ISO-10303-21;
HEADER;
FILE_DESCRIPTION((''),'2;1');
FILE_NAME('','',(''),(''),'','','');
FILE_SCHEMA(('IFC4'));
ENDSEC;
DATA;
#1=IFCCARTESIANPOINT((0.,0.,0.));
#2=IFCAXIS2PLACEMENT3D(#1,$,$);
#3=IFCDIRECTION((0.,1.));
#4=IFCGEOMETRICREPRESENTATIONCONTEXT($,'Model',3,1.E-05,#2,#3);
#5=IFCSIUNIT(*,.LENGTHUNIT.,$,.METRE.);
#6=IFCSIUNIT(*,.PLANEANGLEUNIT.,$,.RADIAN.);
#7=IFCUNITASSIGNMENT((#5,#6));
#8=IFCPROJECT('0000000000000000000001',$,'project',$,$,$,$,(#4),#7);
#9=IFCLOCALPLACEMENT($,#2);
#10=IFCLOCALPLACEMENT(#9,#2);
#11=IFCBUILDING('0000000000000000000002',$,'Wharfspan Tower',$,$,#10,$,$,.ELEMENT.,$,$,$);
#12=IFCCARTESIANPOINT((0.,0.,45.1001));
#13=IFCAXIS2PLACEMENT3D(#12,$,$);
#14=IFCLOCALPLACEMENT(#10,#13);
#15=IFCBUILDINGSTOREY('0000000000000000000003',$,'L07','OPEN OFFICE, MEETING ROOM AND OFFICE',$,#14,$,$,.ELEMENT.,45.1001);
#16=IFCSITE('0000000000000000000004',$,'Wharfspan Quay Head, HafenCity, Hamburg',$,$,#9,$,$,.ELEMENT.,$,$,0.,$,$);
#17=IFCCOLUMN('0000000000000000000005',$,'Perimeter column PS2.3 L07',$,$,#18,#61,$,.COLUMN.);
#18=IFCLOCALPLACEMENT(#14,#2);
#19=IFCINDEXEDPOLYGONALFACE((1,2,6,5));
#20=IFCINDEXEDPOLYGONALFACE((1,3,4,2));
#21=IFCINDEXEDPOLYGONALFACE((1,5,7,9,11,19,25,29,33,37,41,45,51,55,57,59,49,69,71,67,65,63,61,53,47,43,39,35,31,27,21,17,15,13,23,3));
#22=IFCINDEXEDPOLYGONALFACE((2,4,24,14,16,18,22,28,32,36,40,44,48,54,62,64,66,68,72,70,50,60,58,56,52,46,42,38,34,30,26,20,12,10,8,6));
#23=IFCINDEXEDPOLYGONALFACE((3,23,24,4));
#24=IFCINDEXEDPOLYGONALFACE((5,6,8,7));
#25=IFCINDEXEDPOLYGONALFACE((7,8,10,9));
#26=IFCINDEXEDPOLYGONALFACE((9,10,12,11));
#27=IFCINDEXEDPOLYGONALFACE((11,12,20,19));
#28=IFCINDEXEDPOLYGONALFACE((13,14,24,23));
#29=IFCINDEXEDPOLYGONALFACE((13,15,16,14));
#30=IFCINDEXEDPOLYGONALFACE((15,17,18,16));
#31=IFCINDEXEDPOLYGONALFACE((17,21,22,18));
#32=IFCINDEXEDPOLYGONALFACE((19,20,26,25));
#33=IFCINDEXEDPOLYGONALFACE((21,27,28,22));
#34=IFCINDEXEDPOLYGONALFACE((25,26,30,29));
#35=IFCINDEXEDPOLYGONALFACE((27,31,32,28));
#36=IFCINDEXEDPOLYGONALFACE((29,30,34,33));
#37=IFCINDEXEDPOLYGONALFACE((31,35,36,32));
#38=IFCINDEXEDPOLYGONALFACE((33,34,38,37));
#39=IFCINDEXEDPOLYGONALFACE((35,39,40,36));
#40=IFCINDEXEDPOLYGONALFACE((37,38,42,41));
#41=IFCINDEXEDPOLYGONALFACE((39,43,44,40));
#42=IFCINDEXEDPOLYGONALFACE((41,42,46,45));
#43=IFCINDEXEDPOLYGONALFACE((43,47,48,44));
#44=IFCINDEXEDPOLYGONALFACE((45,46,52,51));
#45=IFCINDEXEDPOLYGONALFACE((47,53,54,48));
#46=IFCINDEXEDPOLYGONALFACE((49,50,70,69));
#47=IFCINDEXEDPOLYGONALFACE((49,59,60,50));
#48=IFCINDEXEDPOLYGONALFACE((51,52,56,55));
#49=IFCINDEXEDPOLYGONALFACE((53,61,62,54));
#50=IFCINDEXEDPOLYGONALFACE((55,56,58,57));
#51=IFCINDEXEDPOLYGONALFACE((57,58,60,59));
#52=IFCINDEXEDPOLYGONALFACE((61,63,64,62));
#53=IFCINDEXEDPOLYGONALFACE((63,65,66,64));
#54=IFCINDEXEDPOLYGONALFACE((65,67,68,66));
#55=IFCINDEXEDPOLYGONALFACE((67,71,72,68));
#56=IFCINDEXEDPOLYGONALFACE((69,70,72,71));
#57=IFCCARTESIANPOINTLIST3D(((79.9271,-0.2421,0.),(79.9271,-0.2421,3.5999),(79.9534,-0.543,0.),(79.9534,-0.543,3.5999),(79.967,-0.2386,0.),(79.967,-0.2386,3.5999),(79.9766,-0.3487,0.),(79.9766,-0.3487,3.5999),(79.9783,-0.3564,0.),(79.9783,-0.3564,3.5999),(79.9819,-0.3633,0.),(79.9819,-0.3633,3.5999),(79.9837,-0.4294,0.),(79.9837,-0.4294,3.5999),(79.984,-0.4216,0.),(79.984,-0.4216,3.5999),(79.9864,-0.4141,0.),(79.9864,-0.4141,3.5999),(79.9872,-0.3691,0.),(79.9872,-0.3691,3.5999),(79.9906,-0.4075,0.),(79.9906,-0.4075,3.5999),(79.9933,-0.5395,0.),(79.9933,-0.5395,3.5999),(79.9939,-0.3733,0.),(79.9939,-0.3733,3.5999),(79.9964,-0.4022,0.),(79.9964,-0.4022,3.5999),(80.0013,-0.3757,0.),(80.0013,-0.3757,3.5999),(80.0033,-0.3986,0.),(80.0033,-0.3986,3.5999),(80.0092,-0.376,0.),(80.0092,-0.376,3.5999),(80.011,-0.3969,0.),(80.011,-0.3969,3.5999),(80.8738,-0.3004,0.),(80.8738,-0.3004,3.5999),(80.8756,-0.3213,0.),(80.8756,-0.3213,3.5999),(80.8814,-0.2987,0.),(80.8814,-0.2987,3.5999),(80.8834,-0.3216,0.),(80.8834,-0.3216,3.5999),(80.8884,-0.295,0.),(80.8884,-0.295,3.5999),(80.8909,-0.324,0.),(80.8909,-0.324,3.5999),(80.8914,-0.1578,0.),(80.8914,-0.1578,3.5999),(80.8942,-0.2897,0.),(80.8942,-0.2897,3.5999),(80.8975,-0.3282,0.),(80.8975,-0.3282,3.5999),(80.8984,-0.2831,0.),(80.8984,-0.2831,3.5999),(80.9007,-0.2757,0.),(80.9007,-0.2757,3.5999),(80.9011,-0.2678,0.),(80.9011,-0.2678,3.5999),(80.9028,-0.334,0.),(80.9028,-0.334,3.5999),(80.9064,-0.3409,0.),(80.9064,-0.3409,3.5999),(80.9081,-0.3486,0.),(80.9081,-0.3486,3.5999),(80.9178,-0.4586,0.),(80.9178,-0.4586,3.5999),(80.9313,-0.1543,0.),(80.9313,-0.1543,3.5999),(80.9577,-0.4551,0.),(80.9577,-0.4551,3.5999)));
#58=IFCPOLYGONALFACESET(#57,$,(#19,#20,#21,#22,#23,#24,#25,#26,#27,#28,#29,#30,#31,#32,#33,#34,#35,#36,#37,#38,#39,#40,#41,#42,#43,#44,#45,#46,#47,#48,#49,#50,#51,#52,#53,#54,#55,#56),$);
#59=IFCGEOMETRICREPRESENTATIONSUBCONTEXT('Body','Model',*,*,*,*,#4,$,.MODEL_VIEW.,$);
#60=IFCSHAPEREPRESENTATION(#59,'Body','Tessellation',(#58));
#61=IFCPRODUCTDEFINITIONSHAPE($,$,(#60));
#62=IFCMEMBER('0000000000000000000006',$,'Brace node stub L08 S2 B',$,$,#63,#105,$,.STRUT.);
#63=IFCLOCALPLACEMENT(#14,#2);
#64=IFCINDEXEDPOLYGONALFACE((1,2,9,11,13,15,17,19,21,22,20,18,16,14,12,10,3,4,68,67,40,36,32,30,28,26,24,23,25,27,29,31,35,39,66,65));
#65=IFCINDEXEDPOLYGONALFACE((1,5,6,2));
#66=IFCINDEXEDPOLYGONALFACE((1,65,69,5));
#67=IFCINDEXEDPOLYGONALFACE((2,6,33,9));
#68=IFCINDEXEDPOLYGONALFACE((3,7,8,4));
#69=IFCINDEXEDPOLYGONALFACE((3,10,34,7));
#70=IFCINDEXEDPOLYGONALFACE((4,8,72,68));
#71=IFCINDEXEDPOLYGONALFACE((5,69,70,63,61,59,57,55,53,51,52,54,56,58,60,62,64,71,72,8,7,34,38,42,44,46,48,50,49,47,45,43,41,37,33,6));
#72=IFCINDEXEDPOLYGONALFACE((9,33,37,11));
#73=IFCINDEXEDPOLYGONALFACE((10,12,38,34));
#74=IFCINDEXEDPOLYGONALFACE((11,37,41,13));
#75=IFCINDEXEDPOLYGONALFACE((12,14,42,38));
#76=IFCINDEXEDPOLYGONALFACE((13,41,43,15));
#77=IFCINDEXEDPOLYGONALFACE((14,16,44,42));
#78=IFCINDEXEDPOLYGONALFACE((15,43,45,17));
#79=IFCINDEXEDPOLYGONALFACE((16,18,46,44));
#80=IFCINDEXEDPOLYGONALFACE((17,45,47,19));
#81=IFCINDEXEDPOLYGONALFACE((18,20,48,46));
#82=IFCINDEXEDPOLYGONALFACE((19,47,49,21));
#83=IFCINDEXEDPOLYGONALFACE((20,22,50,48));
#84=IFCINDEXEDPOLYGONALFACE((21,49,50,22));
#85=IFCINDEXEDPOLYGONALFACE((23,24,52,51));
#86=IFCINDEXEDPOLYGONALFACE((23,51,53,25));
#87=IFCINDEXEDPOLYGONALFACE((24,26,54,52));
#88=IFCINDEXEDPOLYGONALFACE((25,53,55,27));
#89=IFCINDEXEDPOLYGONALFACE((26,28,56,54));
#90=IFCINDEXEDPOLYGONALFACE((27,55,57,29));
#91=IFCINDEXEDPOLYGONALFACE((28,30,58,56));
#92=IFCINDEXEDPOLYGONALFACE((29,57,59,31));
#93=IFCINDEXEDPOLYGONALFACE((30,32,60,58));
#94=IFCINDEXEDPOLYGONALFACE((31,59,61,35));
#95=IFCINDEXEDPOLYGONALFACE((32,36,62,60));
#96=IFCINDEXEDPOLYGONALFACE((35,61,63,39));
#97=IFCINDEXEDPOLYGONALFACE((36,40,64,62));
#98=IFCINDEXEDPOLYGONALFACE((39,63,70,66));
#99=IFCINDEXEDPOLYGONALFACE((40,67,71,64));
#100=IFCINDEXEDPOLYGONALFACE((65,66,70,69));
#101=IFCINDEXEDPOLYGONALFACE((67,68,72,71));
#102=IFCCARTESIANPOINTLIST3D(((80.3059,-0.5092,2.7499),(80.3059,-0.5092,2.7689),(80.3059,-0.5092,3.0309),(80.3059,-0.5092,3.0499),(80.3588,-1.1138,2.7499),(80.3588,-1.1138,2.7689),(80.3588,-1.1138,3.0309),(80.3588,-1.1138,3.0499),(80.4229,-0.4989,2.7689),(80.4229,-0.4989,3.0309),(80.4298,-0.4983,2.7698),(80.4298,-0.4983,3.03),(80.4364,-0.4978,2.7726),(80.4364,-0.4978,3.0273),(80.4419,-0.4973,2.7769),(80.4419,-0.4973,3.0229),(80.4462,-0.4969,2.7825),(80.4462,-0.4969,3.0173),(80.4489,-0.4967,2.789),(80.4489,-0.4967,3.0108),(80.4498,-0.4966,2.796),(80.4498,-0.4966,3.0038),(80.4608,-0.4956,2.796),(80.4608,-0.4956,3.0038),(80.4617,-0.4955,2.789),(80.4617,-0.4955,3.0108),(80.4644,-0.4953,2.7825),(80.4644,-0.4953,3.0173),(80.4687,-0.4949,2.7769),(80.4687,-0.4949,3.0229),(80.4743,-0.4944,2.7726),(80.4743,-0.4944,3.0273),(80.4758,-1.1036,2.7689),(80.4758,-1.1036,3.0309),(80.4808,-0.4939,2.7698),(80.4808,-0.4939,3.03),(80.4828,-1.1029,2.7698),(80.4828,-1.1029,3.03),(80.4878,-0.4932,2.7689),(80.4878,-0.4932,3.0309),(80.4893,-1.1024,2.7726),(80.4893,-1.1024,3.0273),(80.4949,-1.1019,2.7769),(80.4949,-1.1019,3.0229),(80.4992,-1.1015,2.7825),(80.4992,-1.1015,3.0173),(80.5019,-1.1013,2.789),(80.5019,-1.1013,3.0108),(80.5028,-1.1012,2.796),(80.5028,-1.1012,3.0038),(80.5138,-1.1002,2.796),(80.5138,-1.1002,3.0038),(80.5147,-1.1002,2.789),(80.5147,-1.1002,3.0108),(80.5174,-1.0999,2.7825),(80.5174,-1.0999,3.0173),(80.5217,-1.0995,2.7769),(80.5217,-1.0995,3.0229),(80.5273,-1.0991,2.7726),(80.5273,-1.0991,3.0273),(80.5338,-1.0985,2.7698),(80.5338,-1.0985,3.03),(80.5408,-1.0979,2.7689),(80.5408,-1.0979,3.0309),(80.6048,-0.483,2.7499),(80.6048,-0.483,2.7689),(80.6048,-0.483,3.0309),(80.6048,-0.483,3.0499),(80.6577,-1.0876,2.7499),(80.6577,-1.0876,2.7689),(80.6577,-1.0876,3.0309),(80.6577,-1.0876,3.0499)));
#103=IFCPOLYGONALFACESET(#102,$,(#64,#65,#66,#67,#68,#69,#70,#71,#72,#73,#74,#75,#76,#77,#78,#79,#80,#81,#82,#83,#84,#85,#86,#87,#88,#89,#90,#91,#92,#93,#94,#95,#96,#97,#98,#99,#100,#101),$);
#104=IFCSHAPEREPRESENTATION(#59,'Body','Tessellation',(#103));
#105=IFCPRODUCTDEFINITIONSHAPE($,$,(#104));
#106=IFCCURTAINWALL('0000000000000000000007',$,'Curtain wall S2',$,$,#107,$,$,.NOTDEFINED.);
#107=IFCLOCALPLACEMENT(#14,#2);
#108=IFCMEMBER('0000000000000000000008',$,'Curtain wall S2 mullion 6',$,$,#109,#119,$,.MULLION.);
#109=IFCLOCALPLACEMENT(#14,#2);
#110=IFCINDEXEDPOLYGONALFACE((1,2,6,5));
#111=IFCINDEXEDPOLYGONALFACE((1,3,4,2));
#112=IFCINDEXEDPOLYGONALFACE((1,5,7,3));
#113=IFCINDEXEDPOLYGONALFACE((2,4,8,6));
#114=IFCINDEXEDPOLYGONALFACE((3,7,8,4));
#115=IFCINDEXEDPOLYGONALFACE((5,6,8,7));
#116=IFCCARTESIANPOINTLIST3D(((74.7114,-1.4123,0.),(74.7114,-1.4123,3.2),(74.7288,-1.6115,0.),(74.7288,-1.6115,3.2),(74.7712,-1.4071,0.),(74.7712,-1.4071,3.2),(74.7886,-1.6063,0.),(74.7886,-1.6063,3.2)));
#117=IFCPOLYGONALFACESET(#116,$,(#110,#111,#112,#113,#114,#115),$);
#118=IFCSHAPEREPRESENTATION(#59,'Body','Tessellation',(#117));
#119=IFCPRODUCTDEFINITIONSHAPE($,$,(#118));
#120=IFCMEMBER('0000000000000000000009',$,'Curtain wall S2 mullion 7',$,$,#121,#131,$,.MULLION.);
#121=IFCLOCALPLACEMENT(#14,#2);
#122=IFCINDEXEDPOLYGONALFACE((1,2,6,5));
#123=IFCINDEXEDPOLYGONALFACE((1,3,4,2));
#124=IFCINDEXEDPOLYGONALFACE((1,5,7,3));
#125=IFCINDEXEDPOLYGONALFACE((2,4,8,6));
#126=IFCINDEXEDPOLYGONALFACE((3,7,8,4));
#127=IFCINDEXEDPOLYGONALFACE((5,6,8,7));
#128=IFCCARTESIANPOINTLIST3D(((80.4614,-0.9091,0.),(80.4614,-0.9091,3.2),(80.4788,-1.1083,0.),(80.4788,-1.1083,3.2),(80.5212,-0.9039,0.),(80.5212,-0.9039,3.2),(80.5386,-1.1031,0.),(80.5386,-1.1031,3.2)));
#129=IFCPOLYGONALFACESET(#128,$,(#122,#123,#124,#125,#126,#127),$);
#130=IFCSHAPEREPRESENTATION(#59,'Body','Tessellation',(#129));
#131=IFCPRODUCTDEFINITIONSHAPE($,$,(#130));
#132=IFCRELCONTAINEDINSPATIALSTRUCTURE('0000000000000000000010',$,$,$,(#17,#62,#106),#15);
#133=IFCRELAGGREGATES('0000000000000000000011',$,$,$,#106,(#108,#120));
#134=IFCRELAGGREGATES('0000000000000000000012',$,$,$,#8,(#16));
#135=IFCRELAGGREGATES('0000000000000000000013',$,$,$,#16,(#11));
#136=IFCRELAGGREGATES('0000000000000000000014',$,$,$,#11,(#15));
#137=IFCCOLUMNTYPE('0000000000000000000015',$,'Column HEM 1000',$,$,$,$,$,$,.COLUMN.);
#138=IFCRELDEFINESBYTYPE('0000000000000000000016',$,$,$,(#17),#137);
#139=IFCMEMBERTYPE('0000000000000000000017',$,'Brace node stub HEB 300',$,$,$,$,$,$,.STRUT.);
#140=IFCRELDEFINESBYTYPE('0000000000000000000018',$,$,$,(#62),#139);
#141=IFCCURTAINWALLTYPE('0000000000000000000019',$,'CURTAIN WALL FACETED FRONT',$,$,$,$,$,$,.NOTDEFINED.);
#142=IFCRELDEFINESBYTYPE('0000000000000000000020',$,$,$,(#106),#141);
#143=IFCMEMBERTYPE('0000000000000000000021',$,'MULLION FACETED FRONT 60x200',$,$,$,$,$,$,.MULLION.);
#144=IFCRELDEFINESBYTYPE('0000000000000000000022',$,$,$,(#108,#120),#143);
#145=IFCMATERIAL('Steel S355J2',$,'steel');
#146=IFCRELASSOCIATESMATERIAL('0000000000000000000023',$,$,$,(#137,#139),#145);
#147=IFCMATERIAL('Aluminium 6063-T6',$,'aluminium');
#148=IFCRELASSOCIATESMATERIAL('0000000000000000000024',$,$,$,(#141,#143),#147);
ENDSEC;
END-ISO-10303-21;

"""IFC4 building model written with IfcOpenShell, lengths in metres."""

from ifc_helpers import new_model, si_unit, direction, frame, origin, origin_2d, place, context, subcontext, project, spatial, rectangle, i_section, extrude, material, material_profile, profile_set, type_object, element, aggregate, save


model = new_model("IFC4")

# Units and contexts
model_context = context("Model", 3, precision=1e-05, world=origin(), true_north=direction((0.0, 1.0)))
body_context = subcontext(model_context, "Body", "Model", "MODEL_VIEW")
ifc_project = project(units=[si_unit("LENGTHUNIT", "METRE"), si_unit("PLANEANGLEUNIT", "RADIAN")], contexts=[model_context])

# Site, building, storey
site_placement = place(None, origin())
site = spatial("IfcSite", under=ifc_project, at=site_placement, Name="Wharfspan Quay Head, HafenCity, Hamburg", CompositionType="ELEMENT", RefElevation=0.0)
building_placement = place(site_placement, origin())
building = spatial("IfcBuilding", under=site, at=building_placement, Name="Wharfspan Tower", CompositionType="ELEMENT")
storey_placement = place(building_placement, frame((0.0, 0.0, 45.1001)))
storey = spatial("IfcBuildingStorey", under=building, at=storey_placement, Name="L07", Description="OPEN OFFICE, MEETING ROOM AND OFFICE", CompositionType="ELEMENT", Elevation=45.1001)

# Column
ifc_material_1 = material(Name="Steel S355J2", Category="steel")
ifc_material_profile_1 = material_profile(ifc_material_1, i_section(OverallWidth=0.302, OverallDepth=1.0081, WebThickness=0.021, FlangeThickness=0.04, FilletRadius=0.03, at=origin_2d()))
ifc_profile_set_1 = profile_set([ifc_material_profile_1], Name="Steel S355J2")
column_type = type_object("IfcColumnType", Name="Column HEM 1000", PredefinedType="COLUMN", material=ifc_profile_set_1)
column_placement = place(storey_placement, frame((80.4424, -0.3486, 0.0), z_axis=(0.0, 0.0, 1.0), x_axis=(0.087156, -0.996198, 0.0)))
element("IfcColumn", 1, at=column_placement, inside=storey, type_object=column_type, Name="Perimeter column PS2.3 L07", PredefinedType="COLUMN", context=body_context, shape_type="SweptSolid", body=[
    extrude(i_section(OverallWidth=0.302, OverallDepth=1.0081, WebThickness=0.021, FlangeThickness=0.04, FilletRadius=0.03, at=origin_2d()), origin(), (0.0, 0.0, 1.0), 3.5999),
])

# Member
ifc_material_profile_2 = material_profile(ifc_material_1, i_section(OverallWidth=0.3, OverallDepth=0.3, WebThickness=0.011, FlangeThickness=0.019, FilletRadius=0.0271, at=origin_2d()))
ifc_profile_set_2 = profile_set([ifc_material_profile_2], Name="Steel S355J2")
member_type_1 = type_object("IfcMemberType", Name="Brace node stub HEB 300", PredefinedType="STRUT", material=ifc_profile_set_2)
member_1_placement = place(storey_placement, frame((80.4553, -0.4961, 2.8999), z_axis=(0.087272, -0.996185, 0.0), x_axis=(0.996185, 0.087272, 0.0)))
element("IfcMember", 2, at=member_1_placement, inside=storey, type_object=member_type_1, Name="Brace node stub L08 S2 B", PredefinedType="STRUT", context=body_context, shape_type="SweptSolid", body=[
    extrude(i_section(OverallWidth=0.3, OverallDepth=0.3, WebThickness=0.011, FlangeThickness=0.019, FilletRadius=0.0271, at=origin_2d()), origin(), (0.0, 0.0, 1.0), 0.6069),
])

# Curtain wall, members
ifc_material_2 = material(Name="Aluminium 6063-T6", Category="aluminium")
curtain_wall_type = type_object("IfcCurtainWallType", Name="CURTAIN WALL FACETED FRONT", PredefinedType="NOTDEFINED", material=ifc_material_2)
curtain_wall_placement = place(storey_placement, origin())
curtain_wall = element("IfcCurtainWall", 3, at=curtain_wall_placement, inside=storey, type_object=curtain_wall_type, Name="Curtain wall S2", PredefinedType="NOTDEFINED")
ifc_material_profile_3 = material_profile(ifc_material_2, rectangle(XDim=0.2, YDim=0.0601, at=origin_2d()))
ifc_profile_set_3 = profile_set([ifc_material_profile_3], Name="Aluminium 6063-T6")
member_type_2 = type_object("IfcMemberType", Name="MULLION FACETED FRONT 60x200", PredefinedType="MULLION", material=ifc_profile_set_3)
member_2_placement = place(storey_placement, frame((74.75, -1.5093, 0.0), z_axis=(0.0, 0.0, 1.0), x_axis=(-0.087156, 0.996197, 0.0)))
member_2 = element("IfcMember", 4, at=member_2_placement, type_object=member_type_2, Name="Curtain wall S2 mullion 6", PredefinedType="MULLION", context=body_context, shape_type="SweptSolid", body=[
    extrude(rectangle(XDim=0.2, YDim=0.0601, at=origin_2d()), origin(), (0.0, 0.0, 1.0), 3.2),
])
member_3_placement = place(storey_placement, frame((80.5, -1.0061, 0.0), z_axis=(0.0, 0.0, 1.0), x_axis=(-0.087156, 0.996197, 0.0)))
member_3 = element("IfcMember", 5, at=member_3_placement, type_object=member_type_2, Name="Curtain wall S2 mullion 7", PredefinedType="MULLION", context=body_context, shape_type="SweptSolid", body=[
    extrude(rectangle(XDim=0.2, YDim=0.0601, at=origin_2d()), origin(), (0.0, 0.0, 1.0), 3.2),
])

aggregate(curtain_wall, [member_2, member_3])

save(model, "model.ifc")
